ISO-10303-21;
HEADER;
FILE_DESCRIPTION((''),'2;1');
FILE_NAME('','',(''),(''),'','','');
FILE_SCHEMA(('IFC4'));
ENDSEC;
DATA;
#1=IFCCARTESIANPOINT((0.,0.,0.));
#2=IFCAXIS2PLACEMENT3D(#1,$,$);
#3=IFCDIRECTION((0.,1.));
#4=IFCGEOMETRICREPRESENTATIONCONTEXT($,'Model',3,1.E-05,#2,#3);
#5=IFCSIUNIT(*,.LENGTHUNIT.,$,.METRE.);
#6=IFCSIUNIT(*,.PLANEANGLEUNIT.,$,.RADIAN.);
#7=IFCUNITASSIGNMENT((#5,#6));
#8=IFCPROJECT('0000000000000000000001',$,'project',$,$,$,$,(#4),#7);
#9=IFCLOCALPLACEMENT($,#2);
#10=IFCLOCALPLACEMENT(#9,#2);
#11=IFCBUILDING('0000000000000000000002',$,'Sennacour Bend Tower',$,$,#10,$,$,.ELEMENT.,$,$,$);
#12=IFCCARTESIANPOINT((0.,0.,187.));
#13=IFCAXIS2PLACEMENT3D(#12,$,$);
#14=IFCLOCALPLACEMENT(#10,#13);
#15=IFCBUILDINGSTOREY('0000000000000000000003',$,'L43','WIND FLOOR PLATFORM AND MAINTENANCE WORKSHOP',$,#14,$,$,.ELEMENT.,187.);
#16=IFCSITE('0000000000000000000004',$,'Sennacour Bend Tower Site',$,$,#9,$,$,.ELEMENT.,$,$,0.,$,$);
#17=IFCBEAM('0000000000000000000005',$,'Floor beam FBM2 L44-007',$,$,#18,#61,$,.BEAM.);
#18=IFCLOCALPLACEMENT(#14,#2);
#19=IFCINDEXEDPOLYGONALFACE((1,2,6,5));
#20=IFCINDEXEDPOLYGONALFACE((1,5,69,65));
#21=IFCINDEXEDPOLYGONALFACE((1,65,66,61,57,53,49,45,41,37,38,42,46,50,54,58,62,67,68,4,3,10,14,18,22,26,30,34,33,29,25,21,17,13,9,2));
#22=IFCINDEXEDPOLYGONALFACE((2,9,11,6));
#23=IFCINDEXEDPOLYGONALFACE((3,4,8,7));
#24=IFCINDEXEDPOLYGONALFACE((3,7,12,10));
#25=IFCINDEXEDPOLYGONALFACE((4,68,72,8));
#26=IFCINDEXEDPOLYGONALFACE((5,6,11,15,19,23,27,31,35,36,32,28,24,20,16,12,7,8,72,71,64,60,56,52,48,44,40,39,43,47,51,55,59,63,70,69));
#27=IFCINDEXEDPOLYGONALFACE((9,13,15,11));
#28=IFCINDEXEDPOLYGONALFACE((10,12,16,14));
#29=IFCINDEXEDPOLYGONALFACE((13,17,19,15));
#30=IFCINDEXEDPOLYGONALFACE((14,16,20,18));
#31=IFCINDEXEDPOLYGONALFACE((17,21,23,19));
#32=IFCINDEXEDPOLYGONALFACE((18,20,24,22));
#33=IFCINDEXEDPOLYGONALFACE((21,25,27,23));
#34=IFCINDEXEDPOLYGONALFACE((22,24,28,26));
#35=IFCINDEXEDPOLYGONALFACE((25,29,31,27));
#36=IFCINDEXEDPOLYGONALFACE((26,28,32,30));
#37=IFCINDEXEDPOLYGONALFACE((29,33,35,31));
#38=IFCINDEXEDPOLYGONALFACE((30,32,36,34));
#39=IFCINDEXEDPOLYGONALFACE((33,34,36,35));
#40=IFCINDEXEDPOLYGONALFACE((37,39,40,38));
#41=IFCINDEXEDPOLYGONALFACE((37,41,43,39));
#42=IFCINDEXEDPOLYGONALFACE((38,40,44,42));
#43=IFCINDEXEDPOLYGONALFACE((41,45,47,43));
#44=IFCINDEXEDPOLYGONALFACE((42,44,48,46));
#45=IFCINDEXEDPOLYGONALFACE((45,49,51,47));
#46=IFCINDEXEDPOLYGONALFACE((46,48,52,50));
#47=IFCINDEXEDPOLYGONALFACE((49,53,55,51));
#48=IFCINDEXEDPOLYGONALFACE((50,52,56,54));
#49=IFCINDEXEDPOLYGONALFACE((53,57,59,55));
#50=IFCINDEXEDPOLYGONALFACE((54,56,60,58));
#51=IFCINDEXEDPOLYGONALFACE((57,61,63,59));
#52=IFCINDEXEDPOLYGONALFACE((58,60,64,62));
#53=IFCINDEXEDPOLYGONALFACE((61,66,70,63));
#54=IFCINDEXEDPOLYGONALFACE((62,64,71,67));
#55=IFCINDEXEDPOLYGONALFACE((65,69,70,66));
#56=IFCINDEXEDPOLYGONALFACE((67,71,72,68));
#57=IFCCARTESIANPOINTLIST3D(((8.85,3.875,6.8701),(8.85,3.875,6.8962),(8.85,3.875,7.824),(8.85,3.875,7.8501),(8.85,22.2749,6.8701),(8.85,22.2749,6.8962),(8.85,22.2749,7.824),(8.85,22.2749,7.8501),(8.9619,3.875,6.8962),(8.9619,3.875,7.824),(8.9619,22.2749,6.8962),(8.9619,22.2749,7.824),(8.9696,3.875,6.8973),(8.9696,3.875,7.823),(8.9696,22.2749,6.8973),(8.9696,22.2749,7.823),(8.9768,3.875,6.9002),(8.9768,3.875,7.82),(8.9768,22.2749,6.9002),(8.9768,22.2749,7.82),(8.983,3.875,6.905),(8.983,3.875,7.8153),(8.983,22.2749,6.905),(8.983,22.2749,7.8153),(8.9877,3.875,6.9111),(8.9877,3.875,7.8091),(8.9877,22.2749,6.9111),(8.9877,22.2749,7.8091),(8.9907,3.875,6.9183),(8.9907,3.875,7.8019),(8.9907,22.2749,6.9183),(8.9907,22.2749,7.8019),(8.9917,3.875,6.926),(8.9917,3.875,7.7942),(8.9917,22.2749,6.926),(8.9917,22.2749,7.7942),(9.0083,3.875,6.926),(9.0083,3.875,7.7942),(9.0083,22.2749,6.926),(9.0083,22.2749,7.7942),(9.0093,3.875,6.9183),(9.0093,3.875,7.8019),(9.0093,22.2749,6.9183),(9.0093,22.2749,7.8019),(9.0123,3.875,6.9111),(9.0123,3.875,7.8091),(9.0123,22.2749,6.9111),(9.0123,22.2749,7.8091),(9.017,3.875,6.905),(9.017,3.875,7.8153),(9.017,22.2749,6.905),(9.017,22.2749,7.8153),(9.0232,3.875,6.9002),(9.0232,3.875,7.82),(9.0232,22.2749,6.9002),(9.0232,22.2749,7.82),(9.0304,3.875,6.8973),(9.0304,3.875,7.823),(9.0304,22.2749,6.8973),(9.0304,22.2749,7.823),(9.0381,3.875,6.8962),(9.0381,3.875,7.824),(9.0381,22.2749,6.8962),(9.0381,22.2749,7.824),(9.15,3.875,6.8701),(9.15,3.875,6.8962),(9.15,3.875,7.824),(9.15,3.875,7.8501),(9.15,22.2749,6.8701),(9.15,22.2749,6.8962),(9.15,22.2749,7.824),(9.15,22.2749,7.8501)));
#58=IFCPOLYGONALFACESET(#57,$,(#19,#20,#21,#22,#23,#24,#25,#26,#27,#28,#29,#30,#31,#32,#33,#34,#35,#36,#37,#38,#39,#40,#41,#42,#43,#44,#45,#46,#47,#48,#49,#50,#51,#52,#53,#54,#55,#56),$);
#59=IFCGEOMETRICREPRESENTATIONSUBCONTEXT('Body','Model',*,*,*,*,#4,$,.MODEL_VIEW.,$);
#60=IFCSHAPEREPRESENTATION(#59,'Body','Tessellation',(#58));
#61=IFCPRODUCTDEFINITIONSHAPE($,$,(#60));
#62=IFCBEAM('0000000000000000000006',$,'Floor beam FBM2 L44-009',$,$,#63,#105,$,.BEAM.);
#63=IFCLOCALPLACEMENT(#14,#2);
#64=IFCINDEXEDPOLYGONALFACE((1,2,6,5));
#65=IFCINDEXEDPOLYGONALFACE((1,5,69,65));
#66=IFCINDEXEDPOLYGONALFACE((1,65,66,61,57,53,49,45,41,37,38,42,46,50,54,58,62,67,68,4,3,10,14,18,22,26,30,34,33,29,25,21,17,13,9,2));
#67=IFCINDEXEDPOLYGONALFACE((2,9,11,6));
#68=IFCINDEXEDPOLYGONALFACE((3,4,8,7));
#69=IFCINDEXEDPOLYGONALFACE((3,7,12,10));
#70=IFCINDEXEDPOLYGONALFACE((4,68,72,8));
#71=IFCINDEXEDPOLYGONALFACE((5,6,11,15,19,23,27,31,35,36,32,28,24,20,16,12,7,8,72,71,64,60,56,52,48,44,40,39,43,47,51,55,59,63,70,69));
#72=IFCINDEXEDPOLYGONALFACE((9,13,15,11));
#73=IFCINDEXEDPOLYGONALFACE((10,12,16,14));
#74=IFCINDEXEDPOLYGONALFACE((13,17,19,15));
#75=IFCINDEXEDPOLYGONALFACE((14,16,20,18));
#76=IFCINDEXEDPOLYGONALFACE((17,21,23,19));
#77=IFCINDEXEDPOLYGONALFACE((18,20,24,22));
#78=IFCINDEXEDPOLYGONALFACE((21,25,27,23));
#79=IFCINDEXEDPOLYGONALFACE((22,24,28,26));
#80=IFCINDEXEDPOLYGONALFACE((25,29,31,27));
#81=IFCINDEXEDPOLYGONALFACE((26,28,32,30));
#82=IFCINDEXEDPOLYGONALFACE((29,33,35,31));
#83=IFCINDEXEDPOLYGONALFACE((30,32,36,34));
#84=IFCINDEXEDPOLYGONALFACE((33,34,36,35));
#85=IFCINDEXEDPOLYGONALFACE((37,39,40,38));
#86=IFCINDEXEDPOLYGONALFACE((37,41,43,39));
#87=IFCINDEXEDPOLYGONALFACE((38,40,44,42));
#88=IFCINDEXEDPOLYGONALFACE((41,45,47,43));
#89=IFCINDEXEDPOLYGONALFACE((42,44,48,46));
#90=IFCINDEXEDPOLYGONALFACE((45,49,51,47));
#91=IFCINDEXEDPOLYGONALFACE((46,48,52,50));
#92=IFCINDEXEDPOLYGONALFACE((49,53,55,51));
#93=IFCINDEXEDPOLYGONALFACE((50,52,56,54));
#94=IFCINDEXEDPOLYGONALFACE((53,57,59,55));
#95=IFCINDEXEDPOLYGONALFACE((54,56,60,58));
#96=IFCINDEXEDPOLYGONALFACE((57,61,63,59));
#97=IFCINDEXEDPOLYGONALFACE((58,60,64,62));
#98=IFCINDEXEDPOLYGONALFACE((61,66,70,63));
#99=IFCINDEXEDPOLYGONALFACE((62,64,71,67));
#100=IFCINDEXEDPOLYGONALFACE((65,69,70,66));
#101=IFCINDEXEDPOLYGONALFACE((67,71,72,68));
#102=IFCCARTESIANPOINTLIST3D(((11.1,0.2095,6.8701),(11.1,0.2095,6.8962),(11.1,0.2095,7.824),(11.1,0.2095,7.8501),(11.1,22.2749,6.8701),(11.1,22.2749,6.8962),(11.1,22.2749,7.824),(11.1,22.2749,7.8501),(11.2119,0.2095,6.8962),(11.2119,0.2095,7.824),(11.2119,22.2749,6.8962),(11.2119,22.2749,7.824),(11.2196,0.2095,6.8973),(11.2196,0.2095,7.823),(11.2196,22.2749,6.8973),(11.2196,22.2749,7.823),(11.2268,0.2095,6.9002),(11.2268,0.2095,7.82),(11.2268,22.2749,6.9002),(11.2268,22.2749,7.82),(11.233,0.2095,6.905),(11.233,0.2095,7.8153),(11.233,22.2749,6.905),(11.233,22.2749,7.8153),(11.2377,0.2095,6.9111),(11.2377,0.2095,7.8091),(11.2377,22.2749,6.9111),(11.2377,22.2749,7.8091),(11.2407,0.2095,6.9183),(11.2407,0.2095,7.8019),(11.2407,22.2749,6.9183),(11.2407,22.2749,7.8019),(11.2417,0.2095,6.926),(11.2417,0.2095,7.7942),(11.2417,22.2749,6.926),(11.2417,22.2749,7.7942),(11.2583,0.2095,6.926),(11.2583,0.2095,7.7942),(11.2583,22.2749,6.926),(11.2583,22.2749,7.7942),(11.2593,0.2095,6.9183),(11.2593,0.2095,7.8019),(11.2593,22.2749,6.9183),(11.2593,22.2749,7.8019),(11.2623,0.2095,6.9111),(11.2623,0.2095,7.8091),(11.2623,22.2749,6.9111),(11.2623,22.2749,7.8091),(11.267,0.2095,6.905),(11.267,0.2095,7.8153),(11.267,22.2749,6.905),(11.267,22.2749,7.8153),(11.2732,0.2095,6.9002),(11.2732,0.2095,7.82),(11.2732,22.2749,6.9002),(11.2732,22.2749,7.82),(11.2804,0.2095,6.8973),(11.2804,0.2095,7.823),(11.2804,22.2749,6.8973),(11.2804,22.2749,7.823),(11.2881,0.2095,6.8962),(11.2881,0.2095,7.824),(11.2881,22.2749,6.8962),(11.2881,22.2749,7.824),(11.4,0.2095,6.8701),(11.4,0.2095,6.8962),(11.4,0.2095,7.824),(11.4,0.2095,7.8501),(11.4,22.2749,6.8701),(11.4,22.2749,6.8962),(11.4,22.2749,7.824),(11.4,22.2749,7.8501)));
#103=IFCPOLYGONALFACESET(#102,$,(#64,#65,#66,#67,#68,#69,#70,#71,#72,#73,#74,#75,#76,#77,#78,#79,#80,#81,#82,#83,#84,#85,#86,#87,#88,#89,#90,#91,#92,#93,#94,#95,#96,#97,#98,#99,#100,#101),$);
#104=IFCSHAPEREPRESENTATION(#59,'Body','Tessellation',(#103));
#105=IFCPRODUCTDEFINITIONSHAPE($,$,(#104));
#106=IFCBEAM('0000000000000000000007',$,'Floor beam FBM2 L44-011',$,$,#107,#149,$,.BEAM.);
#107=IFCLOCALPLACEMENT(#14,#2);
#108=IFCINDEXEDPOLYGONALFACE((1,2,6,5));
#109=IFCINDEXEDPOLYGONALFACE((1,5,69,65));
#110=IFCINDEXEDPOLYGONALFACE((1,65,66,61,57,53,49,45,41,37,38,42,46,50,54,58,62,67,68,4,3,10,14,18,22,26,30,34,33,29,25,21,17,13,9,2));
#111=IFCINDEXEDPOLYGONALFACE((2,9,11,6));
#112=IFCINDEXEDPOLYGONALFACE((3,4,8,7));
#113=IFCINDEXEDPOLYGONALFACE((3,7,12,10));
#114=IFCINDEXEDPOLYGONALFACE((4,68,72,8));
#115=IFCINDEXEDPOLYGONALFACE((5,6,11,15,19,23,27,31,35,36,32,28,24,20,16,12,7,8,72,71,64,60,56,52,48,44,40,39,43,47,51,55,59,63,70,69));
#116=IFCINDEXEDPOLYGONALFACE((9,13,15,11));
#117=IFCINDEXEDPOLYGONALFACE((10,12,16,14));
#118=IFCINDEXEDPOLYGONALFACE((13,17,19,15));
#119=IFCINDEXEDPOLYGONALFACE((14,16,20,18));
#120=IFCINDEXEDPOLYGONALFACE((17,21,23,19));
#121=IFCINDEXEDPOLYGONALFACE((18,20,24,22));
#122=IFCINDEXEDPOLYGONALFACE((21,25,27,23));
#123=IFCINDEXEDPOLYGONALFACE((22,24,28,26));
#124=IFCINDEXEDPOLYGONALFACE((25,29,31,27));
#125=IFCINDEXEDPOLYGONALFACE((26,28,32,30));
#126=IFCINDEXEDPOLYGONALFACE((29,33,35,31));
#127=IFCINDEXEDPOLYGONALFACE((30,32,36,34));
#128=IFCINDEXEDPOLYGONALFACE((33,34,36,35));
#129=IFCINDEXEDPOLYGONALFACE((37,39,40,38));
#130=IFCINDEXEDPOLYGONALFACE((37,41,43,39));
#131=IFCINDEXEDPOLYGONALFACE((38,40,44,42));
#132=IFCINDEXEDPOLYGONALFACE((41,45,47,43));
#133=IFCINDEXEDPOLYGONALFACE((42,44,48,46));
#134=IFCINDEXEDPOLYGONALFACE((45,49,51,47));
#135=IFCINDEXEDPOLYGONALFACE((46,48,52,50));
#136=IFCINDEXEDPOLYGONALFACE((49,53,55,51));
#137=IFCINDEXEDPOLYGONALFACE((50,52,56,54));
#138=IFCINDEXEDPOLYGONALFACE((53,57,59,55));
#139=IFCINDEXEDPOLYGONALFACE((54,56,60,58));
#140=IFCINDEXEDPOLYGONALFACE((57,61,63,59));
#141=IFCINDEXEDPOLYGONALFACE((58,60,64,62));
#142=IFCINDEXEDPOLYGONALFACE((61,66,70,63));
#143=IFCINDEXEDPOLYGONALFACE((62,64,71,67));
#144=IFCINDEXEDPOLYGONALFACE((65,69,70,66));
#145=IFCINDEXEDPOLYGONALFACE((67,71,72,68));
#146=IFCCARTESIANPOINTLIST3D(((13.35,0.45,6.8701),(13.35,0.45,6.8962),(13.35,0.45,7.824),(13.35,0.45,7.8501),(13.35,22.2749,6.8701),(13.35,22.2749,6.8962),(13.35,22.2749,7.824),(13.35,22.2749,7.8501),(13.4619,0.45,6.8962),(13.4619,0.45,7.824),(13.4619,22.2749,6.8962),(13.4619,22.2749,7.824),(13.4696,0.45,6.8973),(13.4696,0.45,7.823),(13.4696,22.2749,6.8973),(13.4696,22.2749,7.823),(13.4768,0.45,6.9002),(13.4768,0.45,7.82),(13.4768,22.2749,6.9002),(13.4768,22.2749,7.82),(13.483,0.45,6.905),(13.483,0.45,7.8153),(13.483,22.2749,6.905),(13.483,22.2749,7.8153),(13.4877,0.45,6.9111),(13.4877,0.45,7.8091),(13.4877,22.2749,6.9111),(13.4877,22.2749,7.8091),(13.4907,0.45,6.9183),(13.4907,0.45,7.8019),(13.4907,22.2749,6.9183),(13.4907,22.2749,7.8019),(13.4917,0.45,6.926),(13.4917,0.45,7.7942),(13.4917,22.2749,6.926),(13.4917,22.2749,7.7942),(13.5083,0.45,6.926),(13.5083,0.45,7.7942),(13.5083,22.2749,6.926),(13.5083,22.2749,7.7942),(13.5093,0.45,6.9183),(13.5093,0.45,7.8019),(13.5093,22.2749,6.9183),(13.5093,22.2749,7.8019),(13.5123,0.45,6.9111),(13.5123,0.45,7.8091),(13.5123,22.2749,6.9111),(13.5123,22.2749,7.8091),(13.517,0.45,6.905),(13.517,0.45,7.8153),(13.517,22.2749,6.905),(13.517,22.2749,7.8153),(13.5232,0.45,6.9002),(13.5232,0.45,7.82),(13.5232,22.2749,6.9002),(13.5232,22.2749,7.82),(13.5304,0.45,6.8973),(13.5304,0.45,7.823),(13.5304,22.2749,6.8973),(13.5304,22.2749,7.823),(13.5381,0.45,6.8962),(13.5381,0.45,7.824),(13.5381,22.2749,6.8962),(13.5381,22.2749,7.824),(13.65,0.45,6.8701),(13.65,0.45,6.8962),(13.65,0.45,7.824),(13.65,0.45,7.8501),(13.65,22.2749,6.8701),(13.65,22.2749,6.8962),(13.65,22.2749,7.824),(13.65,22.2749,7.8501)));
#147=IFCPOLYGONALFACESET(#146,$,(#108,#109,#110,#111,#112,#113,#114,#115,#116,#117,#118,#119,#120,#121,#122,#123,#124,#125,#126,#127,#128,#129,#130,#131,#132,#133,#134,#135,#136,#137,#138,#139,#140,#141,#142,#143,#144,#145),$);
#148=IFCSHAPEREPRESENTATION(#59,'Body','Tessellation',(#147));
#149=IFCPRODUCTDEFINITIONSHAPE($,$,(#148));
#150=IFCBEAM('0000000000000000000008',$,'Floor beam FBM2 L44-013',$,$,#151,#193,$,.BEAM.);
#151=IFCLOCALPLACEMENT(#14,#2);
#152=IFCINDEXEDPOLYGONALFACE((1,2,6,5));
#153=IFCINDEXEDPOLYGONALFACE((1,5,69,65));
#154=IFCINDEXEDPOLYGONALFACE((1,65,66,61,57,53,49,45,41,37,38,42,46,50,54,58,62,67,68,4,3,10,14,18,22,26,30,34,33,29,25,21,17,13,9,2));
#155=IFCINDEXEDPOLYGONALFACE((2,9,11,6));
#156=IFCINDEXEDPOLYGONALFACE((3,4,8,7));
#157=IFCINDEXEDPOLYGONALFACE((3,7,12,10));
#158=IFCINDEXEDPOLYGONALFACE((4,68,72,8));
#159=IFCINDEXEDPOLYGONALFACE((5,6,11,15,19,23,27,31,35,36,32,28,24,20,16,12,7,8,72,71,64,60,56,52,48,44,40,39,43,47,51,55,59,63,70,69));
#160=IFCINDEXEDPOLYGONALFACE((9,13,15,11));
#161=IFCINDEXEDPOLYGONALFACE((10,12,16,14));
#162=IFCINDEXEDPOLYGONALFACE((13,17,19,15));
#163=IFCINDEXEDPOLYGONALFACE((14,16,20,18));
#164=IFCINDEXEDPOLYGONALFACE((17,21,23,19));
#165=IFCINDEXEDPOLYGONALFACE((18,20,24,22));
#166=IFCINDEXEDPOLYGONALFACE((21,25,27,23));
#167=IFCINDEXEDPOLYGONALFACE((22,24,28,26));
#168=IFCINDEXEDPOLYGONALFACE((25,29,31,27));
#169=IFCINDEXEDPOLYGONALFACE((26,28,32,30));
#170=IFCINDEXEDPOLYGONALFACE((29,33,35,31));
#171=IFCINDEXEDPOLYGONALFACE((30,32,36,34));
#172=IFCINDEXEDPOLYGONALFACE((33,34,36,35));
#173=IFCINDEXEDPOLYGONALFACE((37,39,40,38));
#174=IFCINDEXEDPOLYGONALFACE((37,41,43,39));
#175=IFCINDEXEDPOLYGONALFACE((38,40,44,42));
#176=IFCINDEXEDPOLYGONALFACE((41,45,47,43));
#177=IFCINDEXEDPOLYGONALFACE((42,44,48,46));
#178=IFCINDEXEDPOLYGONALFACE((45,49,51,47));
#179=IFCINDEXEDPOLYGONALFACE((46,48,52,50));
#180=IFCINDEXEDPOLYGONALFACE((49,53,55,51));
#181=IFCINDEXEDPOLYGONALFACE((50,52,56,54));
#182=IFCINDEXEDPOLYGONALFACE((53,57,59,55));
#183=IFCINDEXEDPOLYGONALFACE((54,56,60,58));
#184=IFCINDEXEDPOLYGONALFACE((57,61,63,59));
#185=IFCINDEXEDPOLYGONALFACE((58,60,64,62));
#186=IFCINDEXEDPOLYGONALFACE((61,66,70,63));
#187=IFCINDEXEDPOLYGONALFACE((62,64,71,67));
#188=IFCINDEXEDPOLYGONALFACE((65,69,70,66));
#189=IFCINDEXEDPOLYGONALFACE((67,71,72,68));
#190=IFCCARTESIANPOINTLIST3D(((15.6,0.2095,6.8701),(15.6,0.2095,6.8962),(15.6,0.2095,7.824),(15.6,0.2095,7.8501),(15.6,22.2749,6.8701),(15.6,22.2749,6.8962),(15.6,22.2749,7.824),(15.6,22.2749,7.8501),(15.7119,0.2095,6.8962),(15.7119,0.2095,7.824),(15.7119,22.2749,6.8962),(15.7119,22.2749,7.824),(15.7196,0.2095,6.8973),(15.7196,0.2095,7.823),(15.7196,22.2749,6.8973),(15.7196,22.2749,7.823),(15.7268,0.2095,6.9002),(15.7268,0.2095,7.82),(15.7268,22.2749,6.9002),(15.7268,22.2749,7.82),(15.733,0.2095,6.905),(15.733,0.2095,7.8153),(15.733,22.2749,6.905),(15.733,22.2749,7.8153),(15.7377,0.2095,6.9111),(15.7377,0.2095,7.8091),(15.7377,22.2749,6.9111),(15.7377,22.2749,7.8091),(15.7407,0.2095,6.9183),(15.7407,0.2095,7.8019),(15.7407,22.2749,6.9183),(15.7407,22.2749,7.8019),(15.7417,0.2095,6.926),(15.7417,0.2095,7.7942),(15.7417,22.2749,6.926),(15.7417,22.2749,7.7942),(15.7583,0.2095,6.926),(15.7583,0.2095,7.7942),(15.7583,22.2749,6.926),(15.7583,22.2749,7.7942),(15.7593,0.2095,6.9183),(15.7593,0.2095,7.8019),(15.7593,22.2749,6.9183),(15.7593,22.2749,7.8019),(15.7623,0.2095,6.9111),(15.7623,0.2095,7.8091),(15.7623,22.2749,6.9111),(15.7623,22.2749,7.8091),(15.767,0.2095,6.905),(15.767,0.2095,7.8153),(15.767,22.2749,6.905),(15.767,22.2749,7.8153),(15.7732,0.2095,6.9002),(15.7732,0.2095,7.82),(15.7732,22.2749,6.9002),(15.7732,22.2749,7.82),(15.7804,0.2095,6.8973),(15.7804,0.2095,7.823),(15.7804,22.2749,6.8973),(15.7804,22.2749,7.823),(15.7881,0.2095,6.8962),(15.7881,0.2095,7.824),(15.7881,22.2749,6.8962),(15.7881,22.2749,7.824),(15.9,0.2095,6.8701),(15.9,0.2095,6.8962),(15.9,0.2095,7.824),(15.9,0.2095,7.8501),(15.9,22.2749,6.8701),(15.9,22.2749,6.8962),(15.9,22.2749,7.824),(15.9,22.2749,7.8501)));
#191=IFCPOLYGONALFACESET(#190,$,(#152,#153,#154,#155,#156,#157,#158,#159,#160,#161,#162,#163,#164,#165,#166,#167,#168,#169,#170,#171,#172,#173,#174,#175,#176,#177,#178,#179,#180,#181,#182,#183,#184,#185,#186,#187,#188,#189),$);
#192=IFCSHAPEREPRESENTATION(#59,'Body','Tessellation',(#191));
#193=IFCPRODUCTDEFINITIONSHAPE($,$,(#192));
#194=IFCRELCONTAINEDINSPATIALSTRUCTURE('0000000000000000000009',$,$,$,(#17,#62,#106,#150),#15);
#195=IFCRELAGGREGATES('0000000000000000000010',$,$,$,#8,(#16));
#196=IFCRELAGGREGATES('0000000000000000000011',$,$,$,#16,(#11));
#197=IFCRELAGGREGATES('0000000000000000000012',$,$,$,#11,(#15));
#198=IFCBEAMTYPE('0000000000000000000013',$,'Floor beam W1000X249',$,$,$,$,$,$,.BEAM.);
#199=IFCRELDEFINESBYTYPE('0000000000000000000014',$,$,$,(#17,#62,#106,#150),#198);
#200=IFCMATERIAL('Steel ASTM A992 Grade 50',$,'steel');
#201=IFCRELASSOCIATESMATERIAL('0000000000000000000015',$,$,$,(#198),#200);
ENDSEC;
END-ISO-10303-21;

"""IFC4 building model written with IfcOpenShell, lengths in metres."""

from ifc_helpers import new_model, si_unit, direction, frame, origin, origin_2d, place, context, subcontext, project, spatial, i_section, extrude, material, material_profile, profile_set, type_object, element, save


model = new_model("IFC4")

# Units and contexts
model_context = context("Model", 3, precision=1e-05, world=origin(), true_north=direction((0.0, 1.0)))
body_context = subcontext(model_context, "Body", "Model", "MODEL_VIEW")
ifc_project = project(units=[si_unit("LENGTHUNIT", "METRE"), si_unit("PLANEANGLEUNIT", "RADIAN")], contexts=[model_context])

# Site, building, storey
site_placement = place(None, origin())
site = spatial("IfcSite", under=ifc_project, at=site_placement, Name="Sennacour Bend Tower Site", CompositionType="ELEMENT", RefElevation=0.0)
building_placement = place(site_placement, origin())
building = spatial("IfcBuilding", under=site, at=building_placement, Name="Sennacour Bend Tower", CompositionType="ELEMENT")
storey_placement = place(building_placement, frame((0.0, 0.0, 187.0)))
storey = spatial("IfcBuildingStorey", under=building, at=storey_placement, Name="L43", Description="WIND FLOOR PLATFORM AND MAINTENANCE WORKSHOP", CompositionType="ELEMENT", Elevation=187.0)

# Shared definitions
ifc_material_1 = material(Name="Steel ASTM A992 Grade 50", Category="steel")

# Beams
ifc_material_profile_1 = material_profile(ifc_material_1, i_section(OverallWidth=0.3, OverallDepth=0.98, WebThickness=0.0166, FlangeThickness=0.0261, FilletRadius=0.0298, at=origin_2d()), Name="Steel ASTM A992 Grade 50", Category="steel")
ifc_profile_set_1 = profile_set([ifc_material_profile_1], Name="Steel ASTM A992 Grade 50")
beam_type_1 = type_object("IfcBeamType", Name="Floor beam W1000X249", PredefinedType="BEAM", material=ifc_profile_set_1)
beam_1_placement = place(storey_placement, frame((9.0, 3.875, 7.3601), z_axis=(0.0, 1.0, 0.0), x_axis=(-1.0, 0.0, 0.0)))
element("IfcBeam", 1, at=beam_1_placement, inside=storey, type_object=beam_type_1, Name="Floor beam FBM2 L44-007", PredefinedType="BEAM", context=body_context, shape_type="SweptSolid", body=[
    extrude(i_section(OverallWidth=0.3, OverallDepth=0.98, WebThickness=0.0166, FlangeThickness=0.0261, FilletRadius=0.0298, at=origin_2d()), origin(), (0.0, 0.0, 1.0), 18.3999),
])
beam_2_placement = place(storey_placement, frame((11.25, 0.2095, 7.3601), z_axis=(0.0, 1.0, 0.0), x_axis=(-1.0, 0.0, 0.0)))
element("IfcBeam", 2, at=beam_2_placement, inside=storey, type_object=beam_type_1, Name="Floor beam FBM2 L44-009", PredefinedType="BEAM", context=body_context, shape_type="SweptSolid", body=[
    extrude(i_section(OverallWidth=0.3, OverallDepth=0.98, WebThickness=0.0166, FlangeThickness=0.0261, FilletRadius=0.0298, at=origin_2d()), origin(), (0.0, 0.0, 1.0), 22.0654),
])
beam_3_placement = place(storey_placement, frame((13.5, 0.45, 7.3601), z_axis=(0.0, 1.0, 0.0), x_axis=(-1.0, 0.0, 0.0)))
element("IfcBeam", 3, at=beam_3_placement, inside=storey, type_object=beam_type_1, Name="Floor beam FBM2 L44-011", PredefinedType="BEAM", context=body_context, shape_type="SweptSolid", body=[
    extrude(i_section(OverallWidth=0.3, OverallDepth=0.98, WebThickness=0.0166, FlangeThickness=0.0261, FilletRadius=0.0298, at=origin_2d()), origin(), (0.0, 0.0, 1.0), 21.825),
])
beam_4_placement = place(storey_placement, frame((15.75, 0.2095, 7.3601), z_axis=(0.0, 1.0, 0.0), x_axis=(-1.0, 0.0, 0.0)))
element("IfcBeam", 4, at=beam_4_placement, inside=storey, type_object=beam_type_1, Name="Floor beam FBM2 L44-013", PredefinedType="BEAM", context=body_context, shape_type="SweptSolid", body=[
    extrude(i_section(OverallWidth=0.3, OverallDepth=0.98, WebThickness=0.0166, FlangeThickness=0.0261, FilletRadius=0.0298, at=origin_2d()), origin(), (0.0, 0.0, 1.0), 22.0654),
])

save(model, "model.ifc")
